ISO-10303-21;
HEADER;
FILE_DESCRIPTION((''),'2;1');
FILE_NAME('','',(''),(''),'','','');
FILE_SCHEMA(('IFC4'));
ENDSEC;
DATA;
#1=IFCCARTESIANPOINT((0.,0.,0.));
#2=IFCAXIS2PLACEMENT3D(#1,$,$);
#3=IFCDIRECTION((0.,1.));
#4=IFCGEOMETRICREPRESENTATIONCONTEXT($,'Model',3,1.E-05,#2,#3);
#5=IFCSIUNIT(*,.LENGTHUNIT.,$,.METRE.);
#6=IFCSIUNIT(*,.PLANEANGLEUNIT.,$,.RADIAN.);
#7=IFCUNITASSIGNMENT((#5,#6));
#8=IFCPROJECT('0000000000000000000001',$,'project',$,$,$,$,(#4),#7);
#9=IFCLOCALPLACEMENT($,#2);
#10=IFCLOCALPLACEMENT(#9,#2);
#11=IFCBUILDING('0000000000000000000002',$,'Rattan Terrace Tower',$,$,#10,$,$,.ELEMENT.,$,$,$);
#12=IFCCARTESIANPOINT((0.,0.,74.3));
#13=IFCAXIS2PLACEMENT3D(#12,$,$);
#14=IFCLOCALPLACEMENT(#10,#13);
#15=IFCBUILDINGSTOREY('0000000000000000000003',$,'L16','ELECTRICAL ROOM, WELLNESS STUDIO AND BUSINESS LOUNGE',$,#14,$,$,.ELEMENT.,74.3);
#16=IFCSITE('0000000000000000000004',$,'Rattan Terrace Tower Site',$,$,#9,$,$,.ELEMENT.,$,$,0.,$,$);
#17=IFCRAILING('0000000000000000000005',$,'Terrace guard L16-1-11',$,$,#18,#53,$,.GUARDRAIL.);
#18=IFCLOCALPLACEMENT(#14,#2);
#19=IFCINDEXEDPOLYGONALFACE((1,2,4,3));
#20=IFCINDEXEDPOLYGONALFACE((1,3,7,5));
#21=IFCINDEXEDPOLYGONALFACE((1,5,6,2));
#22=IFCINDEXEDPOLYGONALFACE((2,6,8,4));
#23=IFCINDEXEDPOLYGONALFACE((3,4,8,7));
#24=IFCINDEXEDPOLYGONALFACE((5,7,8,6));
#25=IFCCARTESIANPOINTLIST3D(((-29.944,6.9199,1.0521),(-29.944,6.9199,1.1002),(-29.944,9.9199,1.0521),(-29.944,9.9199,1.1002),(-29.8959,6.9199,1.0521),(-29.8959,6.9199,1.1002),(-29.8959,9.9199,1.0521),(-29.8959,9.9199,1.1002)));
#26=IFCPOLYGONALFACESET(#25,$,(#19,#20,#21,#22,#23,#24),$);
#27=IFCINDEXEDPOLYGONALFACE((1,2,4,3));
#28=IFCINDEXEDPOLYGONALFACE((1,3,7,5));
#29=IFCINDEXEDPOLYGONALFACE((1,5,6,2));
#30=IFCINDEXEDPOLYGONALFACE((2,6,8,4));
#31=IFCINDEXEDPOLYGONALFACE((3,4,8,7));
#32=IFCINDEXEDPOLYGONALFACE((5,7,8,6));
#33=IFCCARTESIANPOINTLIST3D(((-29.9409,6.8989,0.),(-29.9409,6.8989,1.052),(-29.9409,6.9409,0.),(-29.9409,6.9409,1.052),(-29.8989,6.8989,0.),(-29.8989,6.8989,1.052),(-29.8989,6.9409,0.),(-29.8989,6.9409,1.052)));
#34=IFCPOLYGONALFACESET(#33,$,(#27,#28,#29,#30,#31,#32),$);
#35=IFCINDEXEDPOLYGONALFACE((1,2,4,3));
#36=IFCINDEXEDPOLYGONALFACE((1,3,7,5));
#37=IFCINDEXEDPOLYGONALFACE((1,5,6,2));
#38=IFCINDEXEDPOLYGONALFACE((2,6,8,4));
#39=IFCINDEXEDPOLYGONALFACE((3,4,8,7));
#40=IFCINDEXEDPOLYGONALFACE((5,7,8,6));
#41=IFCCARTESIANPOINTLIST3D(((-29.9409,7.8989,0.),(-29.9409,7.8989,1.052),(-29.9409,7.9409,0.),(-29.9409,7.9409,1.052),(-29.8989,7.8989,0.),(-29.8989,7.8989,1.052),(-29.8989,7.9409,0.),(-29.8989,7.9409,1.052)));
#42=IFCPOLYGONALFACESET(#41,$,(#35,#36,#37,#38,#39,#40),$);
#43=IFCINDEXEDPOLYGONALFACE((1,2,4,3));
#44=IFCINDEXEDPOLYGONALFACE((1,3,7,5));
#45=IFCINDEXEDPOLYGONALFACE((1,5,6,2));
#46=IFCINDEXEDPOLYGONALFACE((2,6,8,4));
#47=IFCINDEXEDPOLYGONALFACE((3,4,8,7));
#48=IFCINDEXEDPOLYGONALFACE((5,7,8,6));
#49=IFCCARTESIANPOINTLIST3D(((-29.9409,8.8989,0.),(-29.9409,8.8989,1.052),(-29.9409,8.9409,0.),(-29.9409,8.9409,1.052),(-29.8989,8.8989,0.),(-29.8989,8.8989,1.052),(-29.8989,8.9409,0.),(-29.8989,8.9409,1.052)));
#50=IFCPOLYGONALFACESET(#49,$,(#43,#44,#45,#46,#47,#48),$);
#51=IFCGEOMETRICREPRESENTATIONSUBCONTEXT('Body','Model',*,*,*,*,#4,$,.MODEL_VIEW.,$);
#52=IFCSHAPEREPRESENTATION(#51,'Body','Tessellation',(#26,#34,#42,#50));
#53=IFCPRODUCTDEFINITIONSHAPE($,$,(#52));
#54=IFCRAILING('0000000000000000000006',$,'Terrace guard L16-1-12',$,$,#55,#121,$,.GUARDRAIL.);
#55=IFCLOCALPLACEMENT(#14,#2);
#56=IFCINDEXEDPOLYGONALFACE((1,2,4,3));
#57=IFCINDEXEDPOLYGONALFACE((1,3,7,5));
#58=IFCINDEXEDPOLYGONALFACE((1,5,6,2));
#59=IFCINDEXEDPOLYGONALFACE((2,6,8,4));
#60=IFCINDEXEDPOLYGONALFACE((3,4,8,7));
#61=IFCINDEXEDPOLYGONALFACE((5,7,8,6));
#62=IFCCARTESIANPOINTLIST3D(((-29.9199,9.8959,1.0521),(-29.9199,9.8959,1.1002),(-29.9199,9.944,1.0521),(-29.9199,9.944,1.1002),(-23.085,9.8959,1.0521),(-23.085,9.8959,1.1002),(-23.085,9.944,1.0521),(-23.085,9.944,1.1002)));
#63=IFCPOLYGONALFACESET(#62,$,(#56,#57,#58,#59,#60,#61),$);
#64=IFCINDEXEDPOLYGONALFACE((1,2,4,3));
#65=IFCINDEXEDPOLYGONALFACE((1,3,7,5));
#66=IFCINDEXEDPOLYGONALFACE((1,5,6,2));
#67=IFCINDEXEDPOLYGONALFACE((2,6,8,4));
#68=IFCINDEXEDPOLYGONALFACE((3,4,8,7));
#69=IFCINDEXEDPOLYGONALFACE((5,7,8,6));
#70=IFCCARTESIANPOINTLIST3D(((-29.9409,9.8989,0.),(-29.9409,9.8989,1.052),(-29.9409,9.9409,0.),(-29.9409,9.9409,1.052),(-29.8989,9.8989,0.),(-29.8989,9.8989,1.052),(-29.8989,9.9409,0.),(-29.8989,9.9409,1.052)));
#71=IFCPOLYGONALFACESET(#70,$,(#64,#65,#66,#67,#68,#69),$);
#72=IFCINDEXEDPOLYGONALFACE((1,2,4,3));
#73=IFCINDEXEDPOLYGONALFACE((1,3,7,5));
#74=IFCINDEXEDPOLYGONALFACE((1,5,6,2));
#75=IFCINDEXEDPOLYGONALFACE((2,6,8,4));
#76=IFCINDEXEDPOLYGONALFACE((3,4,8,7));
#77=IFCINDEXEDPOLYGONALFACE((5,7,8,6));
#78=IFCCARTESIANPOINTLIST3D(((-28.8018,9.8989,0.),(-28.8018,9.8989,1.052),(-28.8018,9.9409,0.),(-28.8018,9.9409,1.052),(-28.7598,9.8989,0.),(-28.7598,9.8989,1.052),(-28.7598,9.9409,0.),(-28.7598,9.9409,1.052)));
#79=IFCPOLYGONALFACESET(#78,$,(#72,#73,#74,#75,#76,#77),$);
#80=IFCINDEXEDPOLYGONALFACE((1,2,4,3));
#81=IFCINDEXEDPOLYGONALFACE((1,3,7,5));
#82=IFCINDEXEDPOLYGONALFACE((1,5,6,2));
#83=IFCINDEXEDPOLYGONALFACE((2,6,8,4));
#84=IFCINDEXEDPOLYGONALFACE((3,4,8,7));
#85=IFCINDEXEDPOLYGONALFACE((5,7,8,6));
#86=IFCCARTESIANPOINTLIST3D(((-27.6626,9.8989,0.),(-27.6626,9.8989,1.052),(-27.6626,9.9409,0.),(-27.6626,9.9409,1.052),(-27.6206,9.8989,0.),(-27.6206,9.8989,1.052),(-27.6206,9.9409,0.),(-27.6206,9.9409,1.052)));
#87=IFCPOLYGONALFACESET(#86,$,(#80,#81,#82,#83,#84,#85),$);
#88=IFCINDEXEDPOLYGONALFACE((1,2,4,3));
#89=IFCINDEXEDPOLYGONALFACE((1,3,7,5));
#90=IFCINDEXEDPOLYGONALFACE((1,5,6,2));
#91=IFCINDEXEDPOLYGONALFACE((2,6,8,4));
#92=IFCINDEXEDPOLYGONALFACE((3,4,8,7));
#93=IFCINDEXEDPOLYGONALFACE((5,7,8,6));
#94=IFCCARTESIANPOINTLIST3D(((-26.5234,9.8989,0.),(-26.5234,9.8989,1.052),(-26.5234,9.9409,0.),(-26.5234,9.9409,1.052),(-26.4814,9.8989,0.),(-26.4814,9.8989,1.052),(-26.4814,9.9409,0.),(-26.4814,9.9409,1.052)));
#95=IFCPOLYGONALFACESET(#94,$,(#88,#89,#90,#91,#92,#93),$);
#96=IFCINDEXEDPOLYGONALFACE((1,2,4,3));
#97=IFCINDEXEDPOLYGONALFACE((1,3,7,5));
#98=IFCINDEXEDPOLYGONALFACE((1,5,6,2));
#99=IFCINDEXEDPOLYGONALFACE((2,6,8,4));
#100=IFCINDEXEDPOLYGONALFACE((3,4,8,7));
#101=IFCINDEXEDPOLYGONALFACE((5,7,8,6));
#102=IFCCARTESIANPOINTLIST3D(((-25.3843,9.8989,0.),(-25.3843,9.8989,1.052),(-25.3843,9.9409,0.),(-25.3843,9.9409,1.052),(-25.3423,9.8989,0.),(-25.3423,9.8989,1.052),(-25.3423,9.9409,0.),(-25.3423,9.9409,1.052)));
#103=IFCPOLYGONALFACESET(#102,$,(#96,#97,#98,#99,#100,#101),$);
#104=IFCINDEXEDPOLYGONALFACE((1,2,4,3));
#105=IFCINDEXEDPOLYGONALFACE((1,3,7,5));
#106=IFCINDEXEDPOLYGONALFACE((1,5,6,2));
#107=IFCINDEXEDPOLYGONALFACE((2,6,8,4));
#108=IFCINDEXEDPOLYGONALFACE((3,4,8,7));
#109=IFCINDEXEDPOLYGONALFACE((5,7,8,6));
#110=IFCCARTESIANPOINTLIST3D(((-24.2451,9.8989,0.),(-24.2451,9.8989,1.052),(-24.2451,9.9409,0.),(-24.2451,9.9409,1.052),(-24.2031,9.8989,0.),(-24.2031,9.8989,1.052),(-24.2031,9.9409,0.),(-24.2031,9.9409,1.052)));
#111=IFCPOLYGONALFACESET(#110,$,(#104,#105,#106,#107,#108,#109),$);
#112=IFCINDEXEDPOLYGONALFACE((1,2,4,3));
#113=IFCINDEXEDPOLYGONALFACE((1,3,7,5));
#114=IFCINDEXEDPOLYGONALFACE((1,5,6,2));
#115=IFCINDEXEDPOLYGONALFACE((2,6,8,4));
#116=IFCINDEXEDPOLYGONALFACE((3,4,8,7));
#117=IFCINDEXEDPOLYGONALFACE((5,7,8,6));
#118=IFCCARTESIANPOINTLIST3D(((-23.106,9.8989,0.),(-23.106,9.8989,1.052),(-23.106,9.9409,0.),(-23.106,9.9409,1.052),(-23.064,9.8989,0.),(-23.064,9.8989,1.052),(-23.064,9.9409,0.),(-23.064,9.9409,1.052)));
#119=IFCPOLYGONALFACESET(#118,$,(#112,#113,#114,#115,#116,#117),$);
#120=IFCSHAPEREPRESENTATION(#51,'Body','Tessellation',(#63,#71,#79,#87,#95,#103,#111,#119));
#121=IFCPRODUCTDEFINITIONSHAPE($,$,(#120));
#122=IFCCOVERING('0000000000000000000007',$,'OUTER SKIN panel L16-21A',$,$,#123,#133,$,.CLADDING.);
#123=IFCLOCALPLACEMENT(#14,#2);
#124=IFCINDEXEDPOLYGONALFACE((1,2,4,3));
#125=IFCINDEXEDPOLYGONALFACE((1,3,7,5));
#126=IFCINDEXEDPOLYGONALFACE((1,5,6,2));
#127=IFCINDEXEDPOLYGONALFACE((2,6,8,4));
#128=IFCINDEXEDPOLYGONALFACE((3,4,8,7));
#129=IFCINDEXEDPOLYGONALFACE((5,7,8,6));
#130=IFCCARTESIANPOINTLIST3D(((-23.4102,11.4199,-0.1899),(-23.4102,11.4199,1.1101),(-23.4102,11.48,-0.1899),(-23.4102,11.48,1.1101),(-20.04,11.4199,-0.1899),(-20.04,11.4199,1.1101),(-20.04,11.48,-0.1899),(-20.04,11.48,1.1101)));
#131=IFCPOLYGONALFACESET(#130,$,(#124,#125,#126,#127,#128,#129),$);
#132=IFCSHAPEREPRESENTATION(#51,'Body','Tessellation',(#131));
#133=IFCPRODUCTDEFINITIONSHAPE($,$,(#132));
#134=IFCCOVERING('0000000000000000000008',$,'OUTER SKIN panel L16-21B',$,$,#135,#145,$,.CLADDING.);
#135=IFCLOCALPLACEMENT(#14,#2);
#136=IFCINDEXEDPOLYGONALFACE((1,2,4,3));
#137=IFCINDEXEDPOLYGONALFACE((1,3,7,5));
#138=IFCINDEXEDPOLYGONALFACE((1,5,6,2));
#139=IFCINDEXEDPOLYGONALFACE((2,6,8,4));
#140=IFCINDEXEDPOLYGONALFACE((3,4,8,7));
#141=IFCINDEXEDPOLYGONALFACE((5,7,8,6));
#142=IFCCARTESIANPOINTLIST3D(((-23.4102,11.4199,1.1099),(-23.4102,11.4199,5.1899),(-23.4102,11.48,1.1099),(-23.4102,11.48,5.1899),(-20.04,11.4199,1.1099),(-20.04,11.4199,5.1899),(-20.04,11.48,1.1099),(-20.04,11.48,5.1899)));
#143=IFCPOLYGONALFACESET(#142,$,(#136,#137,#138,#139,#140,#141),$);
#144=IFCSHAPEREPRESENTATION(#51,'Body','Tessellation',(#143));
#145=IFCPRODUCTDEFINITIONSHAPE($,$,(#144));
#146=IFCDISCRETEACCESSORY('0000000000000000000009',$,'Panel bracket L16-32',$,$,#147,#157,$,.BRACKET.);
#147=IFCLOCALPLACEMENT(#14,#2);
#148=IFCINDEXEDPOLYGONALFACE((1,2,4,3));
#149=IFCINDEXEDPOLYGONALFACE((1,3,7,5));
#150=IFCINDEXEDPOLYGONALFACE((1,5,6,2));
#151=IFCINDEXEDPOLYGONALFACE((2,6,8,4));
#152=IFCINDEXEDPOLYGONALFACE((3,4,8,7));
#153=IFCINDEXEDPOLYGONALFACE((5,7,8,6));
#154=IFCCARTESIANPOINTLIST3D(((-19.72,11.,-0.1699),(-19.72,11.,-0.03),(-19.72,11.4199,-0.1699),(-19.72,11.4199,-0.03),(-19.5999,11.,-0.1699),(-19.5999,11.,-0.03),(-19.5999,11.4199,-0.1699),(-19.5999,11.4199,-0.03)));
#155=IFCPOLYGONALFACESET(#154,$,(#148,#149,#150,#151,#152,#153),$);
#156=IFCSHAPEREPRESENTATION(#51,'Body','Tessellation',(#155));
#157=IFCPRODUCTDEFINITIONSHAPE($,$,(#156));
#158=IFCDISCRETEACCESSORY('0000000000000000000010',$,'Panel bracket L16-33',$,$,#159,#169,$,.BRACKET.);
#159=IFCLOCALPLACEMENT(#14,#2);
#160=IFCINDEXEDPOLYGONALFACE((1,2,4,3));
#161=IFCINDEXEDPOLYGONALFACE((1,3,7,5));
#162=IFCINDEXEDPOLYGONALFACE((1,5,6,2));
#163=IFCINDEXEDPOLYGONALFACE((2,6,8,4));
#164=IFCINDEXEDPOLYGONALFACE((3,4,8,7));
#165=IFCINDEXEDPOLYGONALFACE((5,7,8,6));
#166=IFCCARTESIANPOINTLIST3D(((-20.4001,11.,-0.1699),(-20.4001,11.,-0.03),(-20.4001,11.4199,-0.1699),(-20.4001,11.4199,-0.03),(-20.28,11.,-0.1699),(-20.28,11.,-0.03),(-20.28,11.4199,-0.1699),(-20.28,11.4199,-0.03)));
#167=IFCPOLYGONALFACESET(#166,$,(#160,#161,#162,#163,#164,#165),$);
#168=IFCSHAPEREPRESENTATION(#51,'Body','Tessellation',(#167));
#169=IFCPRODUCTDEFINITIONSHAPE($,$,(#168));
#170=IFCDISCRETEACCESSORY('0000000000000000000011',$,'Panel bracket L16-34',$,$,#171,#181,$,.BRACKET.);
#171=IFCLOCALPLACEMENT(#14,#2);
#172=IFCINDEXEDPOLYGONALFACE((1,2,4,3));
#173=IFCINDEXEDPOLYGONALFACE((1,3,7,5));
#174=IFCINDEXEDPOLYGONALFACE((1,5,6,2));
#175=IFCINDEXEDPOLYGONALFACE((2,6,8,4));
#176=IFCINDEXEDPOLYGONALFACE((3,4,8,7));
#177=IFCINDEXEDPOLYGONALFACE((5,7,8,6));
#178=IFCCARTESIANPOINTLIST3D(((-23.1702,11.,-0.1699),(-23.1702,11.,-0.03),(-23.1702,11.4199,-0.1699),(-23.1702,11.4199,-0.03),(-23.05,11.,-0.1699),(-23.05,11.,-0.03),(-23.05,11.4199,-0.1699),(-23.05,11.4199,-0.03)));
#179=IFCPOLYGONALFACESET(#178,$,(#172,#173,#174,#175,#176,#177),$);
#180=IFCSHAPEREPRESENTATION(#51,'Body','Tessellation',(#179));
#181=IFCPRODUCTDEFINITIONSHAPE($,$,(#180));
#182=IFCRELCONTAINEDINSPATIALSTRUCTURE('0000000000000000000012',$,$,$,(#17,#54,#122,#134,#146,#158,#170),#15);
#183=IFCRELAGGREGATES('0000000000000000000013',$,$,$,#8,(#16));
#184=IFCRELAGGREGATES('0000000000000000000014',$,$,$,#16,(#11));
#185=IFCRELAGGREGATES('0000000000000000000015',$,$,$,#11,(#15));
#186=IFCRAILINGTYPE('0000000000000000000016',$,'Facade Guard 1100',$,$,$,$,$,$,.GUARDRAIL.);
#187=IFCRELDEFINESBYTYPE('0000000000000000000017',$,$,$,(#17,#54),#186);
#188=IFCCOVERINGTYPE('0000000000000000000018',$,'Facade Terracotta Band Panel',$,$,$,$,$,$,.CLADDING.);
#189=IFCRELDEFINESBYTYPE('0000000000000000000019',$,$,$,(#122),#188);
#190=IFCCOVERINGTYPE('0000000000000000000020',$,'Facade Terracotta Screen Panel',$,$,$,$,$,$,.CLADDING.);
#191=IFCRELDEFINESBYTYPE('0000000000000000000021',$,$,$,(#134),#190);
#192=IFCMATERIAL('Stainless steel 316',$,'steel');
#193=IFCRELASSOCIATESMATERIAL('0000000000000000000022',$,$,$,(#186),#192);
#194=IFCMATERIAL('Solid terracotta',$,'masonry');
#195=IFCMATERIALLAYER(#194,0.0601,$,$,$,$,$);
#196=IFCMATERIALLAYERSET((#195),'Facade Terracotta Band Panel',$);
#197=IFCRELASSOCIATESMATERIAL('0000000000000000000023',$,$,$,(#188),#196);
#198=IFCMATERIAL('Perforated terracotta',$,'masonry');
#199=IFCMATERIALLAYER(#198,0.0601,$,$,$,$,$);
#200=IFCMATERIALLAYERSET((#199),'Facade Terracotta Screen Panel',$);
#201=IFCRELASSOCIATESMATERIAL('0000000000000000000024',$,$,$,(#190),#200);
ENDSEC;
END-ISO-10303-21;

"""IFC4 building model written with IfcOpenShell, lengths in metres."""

from ifc_helpers import new_model, si_unit, direction, frame, origin, origin_2d, place, context, subcontext, project, spatial, rectangle, extrude, material, layer, layer_set, type_object, element, save


model = new_model("IFC4")

# Units and contexts
model_context = context("Model", 3, precision=1e-05, world=origin(), true_north=direction((0.0, 1.0)))
body_context = subcontext(model_context, "Body", "Model", "MODEL_VIEW")
ifc_project = project(units=[si_unit("LENGTHUNIT", "METRE"), si_unit("PLANEANGLEUNIT", "RADIAN")], contexts=[model_context])

# Site, building, storey
site_placement = place(None, origin())
site = spatial("IfcSite", under=ifc_project, at=site_placement, Name="Rattan Terrace Tower Site", CompositionType="ELEMENT", RefElevation=0.0)
building_placement = place(site_placement, origin())
building = spatial("IfcBuilding", under=site, at=building_placement, Name="Rattan Terrace Tower", CompositionType="ELEMENT")
storey_placement = place(building_placement, frame((0.0, 0.0, 74.3)))
storey = spatial("IfcBuildingStorey", under=building, at=storey_placement, Name="L16", Description="ELECTRICAL ROOM, WELLNESS STUDIO AND BUSINESS LOUNGE", CompositionType="ELEMENT", Elevation=74.3)

# Railings
ifc_material_1 = material(Name="Stainless steel 316", Category="steel")
railing_type = type_object("IfcRailingType", Name="Facade Guard 1100", PredefinedType="GUARDRAIL", material=ifc_material_1)
railing_1_placement = place(storey_placement, frame((-29.9199, 6.9199, 0.0)))
element("IfcRailing", 1, at=railing_1_placement, inside=storey, type_object=railing_type, Name="Terrace guard L16-1-11", PredefinedType="GUARDRAIL", context=body_context, shape_type="SweptSolid", body=[
    extrude(rectangle(XDim=0.0481, YDim=0.0481, at=origin_2d()), frame((0.0, 0.0, 1.0762), z_axis=(0.0, 1.0, 0.0), x_axis=(-1.0, 0.0, 0.0)), (0.0, 0.0, 1.0), 3.0),
    extrude(rectangle(XDim=0.042, YDim=0.042, at=origin_2d()), origin(), (0.0, 0.0, 1.0), 1.052),
    extrude(rectangle(XDim=0.042, YDim=0.042, at=origin_2d()), frame((0.0, 1.0, 0.0)), (0.0, 0.0, 1.0), 1.052),
    extrude(rectangle(XDim=0.042, YDim=0.042, at=origin_2d()), frame((0.0, 2.0, 0.0)), (0.0, 0.0, 1.0), 1.052),
])
railing_2_placement = place(storey_placement, frame((-29.9199, 9.9199, 0.0)))
element("IfcRailing", 2, at=railing_2_placement, inside=storey, type_object=railing_type, Name="Terrace guard L16-1-12", PredefinedType="GUARDRAIL", context=body_context, shape_type="SweptSolid", body=[
    extrude(rectangle(XDim=0.0481, YDim=0.0481, at=origin_2d()), frame((0.0, 0.0, 1.0762), z_axis=(1.0, 0.0, 0.0), x_axis=(0.0, 1.0, 0.0)), (0.0, 0.0, 1.0), 6.835),
    extrude(rectangle(XDim=0.042, YDim=0.042, at=origin_2d()), origin(), (0.0, 0.0, 1.0), 1.052),
    extrude(rectangle(XDim=0.042, YDim=0.042, at=origin_2d()), frame((1.1392, 0.0, 0.0)), (0.0, 0.0, 1.0), 1.052),
    extrude(rectangle(XDim=0.042, YDim=0.042, at=origin_2d()), frame((2.2783, 0.0, 0.0)), (0.0, 0.0, 1.0), 1.052),
    extrude(rectangle(XDim=0.042, YDim=0.042, at=origin_2d()), frame((3.4175, 0.0, 0.0)), (0.0, 0.0, 1.0), 1.052),
    extrude(rectangle(XDim=0.042, YDim=0.042, at=origin_2d()), frame((4.5566, 0.0, 0.0)), (0.0, 0.0, 1.0), 1.052),
    extrude(rectangle(XDim=0.042, YDim=0.042, at=origin_2d()), frame((5.6958, 0.0, 0.0)), (0.0, 0.0, 1.0), 1.052),
    extrude(rectangle(XDim=0.042, YDim=0.042, at=origin_2d()), frame((6.835, 0.0, 0.0)), (0.0, 0.0, 1.0), 1.052),
])

# Coverings
ifc_material_2 = material(Name="Solid terracotta", Category="masonry")
ifc_layer_1 = layer(ifc_material_2, 0.0601)
ifc_layer_set_1 = layer_set([ifc_layer_1], Name="Facade Terracotta Band Panel")
covering_type_1 = type_object("IfcCoveringType", Name="Facade Terracotta Band Panel", PredefinedType="CLADDING", material=ifc_layer_set_1)
covering_1_placement = place(storey_placement, frame((-21.7251, 11.45, -0.1899), z_axis=(0.0, 0.0, 1.0), x_axis=(-1.0, 0.0, 0.0)))
element("IfcCovering", 3, at=covering_1_placement, inside=storey, type_object=covering_type_1, Name="OUTER SKIN panel L16-21A", PredefinedType="CLADDING", context=body_context, shape_type="SweptSolid", body=[
    extrude(rectangle(XDim=3.3701, YDim=0.0601, at=origin_2d()), origin(), (0.0, 0.0, 1.0), 1.3),
])
ifc_material_3 = material(Name="Perforated terracotta", Category="masonry")
ifc_layer_2 = layer(ifc_material_3, 0.0601)
ifc_layer_set_2 = layer_set([ifc_layer_2], Name="Facade Terracotta Screen Panel")
covering_type_2 = type_object("IfcCoveringType", Name="Facade Terracotta Screen Panel", PredefinedType="CLADDING", material=ifc_layer_set_2)
covering_2_placement = place(storey_placement, frame((-21.7251, 11.45, 1.1099), z_axis=(0.0, 0.0, 1.0), x_axis=(-1.0, 0.0, 0.0)))
element("IfcCovering", 4, at=covering_2_placement, inside=storey, type_object=covering_type_2, Name="OUTER SKIN panel L16-21B", PredefinedType="CLADDING", context=body_context, shape_type="SweptSolid", body=[
    extrude(rectangle(XDim=3.3701, YDim=0.0601, at=origin_2d()), origin(), (0.0, 0.0, 1.0), 4.0801),
])

# Discrete accessories
for number, where, z_axis, x_axis, name in (
    (5, (-19.6599, 11.21, -0.1699), (0.0, 0.0, 1.0), (-1.0, 0.0, 0.0), "Panel bracket L16-32"),
    (6, (-20.3401, 11.21, -0.1699), (0.0, 0.0, 1.0), (-1.0, 0.0, 0.0), "Panel bracket L16-33"),
    (7, (-23.1101, 11.21, -0.1699), (0.0, 0.0, 1.0), (-1.0, 0.0, 0.0), "Panel bracket L16-34"),
):
    element("IfcDiscreteAccessory", number, at=place(storey_placement, frame(where, z_axis=z_axis, x_axis=x_axis)), inside=storey, Name=name, PredefinedType="BRACKET", context=body_context, shape_type="SweptSolid", body=[
        extrude(rectangle(XDim=0.1201, YDim=0.4199, at=origin_2d()), origin(), (0.0, 0.0, 1.0), 0.1399),
    ])

save(model, "model.ifc")
